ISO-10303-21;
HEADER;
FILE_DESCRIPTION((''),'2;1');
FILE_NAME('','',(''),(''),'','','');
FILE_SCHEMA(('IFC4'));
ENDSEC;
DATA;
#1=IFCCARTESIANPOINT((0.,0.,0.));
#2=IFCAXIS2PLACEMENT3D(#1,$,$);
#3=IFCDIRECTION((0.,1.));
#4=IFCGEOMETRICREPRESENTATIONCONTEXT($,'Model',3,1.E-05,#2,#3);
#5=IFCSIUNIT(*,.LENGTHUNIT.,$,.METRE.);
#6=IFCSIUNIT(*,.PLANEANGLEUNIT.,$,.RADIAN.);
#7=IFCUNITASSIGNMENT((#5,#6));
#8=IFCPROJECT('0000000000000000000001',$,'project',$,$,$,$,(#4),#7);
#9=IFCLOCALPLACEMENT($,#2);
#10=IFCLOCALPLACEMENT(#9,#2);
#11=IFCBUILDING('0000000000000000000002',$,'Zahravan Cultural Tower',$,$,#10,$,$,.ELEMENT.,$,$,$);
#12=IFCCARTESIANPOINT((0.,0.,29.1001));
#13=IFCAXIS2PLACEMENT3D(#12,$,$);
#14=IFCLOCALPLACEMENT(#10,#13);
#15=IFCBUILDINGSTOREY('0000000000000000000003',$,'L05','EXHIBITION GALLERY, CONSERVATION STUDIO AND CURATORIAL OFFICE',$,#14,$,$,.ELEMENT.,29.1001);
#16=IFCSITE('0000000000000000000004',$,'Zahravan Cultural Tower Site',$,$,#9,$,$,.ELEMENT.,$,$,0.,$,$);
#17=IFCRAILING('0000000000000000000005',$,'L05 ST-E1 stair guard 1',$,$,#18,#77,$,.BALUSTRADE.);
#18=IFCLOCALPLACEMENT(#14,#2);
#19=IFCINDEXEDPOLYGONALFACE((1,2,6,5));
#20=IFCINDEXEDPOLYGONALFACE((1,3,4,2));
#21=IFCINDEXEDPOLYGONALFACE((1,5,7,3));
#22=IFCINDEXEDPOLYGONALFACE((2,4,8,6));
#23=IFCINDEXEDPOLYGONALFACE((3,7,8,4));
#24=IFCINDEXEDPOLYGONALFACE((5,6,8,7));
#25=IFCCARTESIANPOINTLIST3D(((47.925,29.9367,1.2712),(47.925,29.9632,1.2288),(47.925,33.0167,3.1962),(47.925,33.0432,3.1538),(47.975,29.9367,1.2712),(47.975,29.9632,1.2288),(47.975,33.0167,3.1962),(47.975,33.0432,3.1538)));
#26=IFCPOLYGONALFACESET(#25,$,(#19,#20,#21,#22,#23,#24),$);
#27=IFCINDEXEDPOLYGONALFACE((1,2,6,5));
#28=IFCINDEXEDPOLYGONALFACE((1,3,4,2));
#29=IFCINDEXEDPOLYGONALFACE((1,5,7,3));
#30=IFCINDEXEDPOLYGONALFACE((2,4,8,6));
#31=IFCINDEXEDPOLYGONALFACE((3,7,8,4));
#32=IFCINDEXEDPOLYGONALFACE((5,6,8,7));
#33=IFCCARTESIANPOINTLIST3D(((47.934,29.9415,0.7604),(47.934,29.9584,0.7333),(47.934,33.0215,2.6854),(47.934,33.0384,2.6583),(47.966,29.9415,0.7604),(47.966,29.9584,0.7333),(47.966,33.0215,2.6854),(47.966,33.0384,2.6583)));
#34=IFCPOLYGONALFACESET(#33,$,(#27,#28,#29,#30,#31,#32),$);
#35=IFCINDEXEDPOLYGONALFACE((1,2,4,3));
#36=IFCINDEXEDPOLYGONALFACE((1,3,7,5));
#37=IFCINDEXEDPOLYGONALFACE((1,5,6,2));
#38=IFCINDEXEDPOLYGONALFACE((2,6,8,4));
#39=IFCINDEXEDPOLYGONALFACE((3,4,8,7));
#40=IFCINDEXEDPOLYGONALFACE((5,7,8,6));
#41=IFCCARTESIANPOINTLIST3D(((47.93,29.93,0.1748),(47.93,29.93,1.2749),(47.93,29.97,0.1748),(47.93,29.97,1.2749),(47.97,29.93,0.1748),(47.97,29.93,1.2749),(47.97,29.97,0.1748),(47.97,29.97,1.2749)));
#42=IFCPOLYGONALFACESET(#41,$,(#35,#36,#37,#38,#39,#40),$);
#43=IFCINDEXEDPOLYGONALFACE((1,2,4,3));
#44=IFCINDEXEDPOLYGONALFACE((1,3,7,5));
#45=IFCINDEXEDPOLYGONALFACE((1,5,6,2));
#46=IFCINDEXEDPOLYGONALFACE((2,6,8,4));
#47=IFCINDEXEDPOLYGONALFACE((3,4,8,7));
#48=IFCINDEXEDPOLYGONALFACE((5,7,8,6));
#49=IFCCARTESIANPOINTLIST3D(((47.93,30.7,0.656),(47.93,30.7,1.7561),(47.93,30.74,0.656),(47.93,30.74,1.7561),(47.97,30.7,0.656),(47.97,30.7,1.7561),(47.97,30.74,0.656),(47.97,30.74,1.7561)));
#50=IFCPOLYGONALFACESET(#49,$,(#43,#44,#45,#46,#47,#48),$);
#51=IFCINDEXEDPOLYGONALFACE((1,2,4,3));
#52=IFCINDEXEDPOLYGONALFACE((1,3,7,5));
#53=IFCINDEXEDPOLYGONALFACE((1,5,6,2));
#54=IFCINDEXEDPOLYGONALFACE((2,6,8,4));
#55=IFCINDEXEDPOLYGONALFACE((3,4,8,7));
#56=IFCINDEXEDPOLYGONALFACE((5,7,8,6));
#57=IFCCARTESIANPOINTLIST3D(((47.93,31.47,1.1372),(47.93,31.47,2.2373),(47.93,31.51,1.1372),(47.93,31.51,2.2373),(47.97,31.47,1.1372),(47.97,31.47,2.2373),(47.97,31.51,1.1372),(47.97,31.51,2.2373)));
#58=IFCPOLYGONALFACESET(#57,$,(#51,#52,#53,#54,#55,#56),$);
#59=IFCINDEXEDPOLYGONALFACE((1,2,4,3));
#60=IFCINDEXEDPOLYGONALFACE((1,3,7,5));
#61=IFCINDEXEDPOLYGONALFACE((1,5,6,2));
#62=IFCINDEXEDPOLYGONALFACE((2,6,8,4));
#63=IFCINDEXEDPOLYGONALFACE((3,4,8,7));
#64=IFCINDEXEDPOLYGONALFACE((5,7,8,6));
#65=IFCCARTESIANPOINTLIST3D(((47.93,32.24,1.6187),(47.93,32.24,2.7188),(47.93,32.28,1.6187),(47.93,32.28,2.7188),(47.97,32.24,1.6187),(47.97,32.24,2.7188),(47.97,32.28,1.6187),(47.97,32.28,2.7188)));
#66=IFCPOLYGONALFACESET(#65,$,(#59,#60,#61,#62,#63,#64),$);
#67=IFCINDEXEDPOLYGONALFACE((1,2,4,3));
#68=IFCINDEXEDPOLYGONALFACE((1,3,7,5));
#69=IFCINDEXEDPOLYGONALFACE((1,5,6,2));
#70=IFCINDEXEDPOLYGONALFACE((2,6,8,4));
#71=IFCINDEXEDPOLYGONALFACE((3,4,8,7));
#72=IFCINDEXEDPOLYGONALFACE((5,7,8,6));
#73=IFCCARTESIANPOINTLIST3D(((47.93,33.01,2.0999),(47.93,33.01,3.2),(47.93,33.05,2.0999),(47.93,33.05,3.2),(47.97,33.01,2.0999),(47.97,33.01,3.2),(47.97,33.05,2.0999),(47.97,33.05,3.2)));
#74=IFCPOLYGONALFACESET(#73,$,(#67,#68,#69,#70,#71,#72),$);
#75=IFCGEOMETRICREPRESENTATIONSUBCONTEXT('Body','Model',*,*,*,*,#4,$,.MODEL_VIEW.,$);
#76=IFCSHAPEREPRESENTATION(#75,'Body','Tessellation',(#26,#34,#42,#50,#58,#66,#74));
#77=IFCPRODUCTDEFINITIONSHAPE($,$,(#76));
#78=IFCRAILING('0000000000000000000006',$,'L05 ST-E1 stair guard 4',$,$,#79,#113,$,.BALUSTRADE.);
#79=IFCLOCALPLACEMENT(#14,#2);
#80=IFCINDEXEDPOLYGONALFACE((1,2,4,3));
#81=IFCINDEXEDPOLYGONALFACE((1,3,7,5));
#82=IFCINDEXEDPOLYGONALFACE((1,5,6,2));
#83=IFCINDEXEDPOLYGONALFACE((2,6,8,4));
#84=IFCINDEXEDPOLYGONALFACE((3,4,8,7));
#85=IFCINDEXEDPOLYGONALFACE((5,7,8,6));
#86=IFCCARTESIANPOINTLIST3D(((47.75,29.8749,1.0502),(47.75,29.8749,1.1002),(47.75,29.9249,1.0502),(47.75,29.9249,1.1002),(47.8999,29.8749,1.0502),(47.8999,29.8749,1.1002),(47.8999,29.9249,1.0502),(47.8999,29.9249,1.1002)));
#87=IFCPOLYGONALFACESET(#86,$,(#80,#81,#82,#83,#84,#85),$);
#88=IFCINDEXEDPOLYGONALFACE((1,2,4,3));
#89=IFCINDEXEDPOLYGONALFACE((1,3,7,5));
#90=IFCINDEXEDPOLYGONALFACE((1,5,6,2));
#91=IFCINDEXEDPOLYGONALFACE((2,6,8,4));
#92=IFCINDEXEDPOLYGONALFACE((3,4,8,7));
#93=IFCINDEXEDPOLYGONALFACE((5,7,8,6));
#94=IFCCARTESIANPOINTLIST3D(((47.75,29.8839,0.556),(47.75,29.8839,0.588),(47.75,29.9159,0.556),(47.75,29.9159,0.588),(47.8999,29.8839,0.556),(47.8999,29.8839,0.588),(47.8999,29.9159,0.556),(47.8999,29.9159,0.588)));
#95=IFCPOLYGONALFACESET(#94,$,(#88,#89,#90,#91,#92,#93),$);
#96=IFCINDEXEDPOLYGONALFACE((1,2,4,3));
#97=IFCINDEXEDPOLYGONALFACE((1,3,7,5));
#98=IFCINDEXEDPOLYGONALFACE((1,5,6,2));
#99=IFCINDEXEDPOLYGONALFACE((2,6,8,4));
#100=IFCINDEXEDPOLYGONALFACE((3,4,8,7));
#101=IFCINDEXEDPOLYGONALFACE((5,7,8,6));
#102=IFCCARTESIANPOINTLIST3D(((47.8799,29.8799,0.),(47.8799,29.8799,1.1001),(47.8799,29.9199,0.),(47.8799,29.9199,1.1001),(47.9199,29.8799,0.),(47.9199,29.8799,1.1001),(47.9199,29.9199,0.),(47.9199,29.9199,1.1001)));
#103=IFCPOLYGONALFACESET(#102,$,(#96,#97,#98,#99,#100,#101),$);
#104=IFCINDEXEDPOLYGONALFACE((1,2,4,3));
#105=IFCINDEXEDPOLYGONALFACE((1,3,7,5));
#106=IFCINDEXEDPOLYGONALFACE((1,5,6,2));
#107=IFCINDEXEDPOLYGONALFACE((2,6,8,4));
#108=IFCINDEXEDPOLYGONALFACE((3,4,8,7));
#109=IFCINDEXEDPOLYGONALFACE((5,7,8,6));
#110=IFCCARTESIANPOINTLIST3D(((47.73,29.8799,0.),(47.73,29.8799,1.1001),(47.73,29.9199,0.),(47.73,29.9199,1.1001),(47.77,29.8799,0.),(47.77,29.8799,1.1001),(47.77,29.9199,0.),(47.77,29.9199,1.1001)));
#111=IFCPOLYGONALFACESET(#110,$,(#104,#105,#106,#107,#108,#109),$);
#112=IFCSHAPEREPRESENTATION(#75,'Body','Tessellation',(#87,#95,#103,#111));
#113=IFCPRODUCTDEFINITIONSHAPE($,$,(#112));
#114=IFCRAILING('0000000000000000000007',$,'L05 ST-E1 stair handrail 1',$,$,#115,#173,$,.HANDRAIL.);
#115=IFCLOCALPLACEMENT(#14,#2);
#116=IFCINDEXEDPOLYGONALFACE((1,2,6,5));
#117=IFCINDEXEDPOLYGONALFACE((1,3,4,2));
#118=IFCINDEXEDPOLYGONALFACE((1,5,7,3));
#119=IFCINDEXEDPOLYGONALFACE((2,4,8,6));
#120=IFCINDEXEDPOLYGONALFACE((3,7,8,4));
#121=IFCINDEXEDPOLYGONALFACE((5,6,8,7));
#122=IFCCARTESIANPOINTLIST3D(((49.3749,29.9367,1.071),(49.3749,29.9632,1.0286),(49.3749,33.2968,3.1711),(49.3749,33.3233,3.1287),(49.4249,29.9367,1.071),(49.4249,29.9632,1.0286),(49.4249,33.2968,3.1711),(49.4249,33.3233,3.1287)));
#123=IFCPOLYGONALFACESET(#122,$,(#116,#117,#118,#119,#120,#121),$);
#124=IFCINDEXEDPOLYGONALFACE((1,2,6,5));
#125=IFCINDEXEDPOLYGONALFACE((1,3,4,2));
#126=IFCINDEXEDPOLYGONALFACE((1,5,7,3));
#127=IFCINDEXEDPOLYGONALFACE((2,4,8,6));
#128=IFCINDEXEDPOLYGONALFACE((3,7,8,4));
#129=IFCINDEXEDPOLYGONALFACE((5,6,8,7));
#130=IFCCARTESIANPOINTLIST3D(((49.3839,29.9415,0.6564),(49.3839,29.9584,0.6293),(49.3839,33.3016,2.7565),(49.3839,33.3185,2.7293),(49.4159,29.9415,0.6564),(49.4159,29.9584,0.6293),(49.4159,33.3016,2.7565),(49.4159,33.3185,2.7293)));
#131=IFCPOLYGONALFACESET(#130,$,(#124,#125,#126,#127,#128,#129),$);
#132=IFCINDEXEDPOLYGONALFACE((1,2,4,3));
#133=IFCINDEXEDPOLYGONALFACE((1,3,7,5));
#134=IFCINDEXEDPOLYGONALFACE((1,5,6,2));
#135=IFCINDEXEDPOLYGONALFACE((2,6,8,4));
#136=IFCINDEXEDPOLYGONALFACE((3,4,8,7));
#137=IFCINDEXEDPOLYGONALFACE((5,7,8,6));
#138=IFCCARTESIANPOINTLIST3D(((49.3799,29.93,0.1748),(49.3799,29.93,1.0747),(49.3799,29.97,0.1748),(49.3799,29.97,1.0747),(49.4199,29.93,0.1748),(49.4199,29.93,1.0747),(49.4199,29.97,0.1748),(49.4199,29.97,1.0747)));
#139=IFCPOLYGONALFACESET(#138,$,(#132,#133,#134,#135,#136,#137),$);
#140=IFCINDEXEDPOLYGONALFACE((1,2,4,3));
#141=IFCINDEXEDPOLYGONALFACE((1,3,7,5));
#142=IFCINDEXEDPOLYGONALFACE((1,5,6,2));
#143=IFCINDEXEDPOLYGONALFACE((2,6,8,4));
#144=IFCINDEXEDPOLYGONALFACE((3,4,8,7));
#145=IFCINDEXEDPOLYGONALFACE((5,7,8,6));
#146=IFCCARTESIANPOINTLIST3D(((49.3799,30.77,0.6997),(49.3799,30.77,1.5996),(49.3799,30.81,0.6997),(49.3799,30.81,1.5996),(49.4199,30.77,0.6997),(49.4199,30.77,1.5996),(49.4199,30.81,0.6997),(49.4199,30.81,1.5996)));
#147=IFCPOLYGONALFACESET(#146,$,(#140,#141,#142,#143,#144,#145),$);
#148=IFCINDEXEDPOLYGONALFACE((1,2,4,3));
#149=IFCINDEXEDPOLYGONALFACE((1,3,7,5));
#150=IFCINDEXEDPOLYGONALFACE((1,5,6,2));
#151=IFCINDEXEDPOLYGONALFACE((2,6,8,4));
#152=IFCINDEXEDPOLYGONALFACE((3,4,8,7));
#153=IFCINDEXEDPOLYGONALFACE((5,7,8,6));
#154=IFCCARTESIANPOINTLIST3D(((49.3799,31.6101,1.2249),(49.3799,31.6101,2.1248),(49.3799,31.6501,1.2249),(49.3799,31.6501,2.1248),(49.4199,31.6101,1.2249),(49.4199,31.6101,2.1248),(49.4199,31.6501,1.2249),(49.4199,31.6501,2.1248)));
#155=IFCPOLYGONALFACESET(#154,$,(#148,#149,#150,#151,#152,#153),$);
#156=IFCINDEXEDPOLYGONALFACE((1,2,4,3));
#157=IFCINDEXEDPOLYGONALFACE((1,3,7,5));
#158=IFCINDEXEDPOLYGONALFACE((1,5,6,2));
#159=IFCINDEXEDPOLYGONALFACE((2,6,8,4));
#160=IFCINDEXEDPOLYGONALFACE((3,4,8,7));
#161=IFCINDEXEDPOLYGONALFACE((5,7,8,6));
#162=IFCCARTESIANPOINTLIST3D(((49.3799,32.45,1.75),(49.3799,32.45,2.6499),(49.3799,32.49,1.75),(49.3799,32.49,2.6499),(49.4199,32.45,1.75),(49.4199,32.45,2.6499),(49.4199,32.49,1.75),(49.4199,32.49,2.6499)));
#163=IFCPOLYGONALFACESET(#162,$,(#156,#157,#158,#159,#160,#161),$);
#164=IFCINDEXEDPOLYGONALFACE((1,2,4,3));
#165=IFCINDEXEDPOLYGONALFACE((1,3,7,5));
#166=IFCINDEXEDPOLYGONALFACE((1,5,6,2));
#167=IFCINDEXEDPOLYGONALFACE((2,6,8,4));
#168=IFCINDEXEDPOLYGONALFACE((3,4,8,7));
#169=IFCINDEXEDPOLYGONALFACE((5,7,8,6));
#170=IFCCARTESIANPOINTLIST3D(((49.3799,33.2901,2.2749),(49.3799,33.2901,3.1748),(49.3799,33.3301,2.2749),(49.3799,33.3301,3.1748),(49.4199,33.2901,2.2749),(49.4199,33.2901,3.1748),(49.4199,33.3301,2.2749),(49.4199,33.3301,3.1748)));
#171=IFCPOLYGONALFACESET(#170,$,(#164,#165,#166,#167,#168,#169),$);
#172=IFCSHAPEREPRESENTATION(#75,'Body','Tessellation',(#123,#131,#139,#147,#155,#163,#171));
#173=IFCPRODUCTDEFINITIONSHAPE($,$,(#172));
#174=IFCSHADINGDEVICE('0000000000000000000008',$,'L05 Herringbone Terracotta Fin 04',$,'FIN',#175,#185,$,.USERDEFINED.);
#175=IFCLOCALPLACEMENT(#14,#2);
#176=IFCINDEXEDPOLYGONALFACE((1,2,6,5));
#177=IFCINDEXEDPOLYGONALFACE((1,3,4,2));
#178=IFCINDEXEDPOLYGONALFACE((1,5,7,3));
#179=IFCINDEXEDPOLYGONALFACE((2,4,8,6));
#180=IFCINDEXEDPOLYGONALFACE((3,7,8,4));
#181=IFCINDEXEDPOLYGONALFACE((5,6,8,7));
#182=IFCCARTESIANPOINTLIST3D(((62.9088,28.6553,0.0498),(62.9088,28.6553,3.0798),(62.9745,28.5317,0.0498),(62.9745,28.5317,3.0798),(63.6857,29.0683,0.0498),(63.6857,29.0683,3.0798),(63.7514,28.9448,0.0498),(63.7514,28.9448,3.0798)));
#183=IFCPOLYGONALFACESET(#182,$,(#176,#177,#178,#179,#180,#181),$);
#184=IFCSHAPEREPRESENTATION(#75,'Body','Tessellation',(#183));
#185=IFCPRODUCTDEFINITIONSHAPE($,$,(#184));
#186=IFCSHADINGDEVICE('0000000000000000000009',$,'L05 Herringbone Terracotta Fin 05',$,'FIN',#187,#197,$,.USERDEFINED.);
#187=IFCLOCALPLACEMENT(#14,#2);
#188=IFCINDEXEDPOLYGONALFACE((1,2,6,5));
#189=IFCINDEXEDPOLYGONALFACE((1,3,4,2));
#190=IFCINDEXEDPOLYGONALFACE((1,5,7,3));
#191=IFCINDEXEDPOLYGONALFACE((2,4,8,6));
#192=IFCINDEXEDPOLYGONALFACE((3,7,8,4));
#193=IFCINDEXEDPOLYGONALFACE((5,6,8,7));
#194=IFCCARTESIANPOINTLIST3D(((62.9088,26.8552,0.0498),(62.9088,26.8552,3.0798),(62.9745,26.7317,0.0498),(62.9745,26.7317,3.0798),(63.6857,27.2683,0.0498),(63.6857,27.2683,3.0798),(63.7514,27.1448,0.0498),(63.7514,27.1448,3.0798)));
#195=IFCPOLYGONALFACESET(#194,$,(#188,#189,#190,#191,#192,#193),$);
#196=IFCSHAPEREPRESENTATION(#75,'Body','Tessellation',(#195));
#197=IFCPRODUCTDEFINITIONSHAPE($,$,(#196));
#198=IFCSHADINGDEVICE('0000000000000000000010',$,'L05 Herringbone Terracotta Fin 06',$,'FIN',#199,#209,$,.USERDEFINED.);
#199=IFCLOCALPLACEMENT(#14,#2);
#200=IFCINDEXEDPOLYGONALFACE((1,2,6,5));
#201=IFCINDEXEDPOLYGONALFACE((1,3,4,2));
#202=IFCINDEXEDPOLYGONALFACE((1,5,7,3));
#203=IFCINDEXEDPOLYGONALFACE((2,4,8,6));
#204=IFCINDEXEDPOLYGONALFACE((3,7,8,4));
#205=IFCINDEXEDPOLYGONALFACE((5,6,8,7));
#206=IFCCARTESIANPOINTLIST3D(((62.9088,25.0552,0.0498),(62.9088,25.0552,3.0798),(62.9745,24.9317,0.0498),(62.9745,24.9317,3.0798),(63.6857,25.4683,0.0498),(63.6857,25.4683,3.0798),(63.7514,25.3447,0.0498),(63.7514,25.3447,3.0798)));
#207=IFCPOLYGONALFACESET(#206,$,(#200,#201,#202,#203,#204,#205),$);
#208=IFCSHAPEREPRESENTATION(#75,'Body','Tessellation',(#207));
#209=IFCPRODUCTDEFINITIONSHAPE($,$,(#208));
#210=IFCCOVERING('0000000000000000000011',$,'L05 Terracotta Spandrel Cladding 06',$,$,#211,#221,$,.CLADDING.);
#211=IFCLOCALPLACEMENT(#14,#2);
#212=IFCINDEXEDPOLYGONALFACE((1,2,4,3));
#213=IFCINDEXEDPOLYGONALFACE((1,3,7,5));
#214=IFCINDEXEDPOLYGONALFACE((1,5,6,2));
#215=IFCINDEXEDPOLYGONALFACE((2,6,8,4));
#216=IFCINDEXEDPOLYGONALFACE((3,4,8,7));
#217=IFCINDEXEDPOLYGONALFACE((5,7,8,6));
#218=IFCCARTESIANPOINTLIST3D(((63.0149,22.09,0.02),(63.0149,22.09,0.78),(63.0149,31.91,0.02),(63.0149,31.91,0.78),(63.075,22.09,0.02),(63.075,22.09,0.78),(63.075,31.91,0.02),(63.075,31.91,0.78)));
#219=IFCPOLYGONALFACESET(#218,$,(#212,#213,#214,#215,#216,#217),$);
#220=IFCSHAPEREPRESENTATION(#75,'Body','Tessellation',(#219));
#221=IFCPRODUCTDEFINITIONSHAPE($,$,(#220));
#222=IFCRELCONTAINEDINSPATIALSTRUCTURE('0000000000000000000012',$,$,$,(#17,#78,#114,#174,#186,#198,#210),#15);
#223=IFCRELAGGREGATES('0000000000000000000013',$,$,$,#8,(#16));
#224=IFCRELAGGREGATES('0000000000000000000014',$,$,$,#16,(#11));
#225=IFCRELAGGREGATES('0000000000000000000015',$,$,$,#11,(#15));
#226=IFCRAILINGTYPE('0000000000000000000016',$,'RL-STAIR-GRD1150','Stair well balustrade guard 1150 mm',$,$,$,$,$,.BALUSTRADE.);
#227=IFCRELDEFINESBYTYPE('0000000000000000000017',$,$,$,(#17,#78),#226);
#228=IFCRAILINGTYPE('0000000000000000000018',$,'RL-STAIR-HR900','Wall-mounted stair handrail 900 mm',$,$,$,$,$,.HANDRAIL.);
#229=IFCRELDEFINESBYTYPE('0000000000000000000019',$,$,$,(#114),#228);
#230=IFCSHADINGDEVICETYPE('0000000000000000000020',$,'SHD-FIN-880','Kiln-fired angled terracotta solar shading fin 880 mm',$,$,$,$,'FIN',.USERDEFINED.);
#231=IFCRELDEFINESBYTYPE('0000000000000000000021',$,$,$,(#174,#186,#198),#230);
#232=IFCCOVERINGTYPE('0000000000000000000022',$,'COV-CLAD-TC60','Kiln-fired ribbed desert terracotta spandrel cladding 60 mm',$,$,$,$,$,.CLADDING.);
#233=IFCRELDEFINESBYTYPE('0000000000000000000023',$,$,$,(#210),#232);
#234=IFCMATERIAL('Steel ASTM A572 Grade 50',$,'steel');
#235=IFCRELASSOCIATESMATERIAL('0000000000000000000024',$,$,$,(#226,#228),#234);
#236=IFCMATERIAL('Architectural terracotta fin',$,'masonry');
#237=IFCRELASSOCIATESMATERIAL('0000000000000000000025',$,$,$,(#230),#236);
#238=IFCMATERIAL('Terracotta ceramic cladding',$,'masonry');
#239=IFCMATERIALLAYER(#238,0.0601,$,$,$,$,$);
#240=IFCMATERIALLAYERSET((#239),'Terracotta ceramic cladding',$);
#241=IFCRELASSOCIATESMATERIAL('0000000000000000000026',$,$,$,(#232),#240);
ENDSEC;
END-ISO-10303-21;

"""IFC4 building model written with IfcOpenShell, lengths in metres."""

from ifc_helpers import new_model, si_unit, direction, frame, origin, origin_2d, place, context, subcontext, project, spatial, rectangle, extrude, source, transform, mapped, material, layer, layer_set, type_object, element, save


model = new_model("IFC4")

# Units and contexts
model_context = context("Model", 3, precision=1e-05, world=origin(), true_north=direction((0.0, 1.0)))
body_context = subcontext(model_context, "Body", "Model", "MODEL_VIEW")
ifc_project = project(units=[si_unit("LENGTHUNIT", "METRE"), si_unit("PLANEANGLEUNIT", "RADIAN")], contexts=[model_context])

# Site, building, storey
site_placement = place(None, origin())
site = spatial("IfcSite", under=ifc_project, at=site_placement, Name="Zahravan Cultural Tower Site", CompositionType="ELEMENT", RefElevation=0.0)
building_placement = place(site_placement, origin())
building = spatial("IfcBuilding", under=site, at=building_placement, Name="Zahravan Cultural Tower", CompositionType="ELEMENT")
storey_placement = place(building_placement, frame((0.0, 0.0, 29.1001)))
storey = spatial("IfcBuildingStorey", under=building, at=storey_placement, Name="L05", Description="EXHIBITION GALLERY, CONSERVATION STUDIO AND CURATORIAL OFFICE", CompositionType="ELEMENT", Elevation=29.1001)

# Shared definitions
ifc_material_1 = material(Name="Steel ASTM A572 Grade 50", Category="steel")

# Railings
railing_type_1 = type_object("IfcRailingType", Name="RL-STAIR-GRD1150", Description="Stair well balustrade guard 1150 mm", PredefinedType="BALUSTRADE", material=ifc_material_1)
railing_1_placement = place(storey_placement, frame((47.95, 29.95, 0.1748)))
element("IfcRailing", 1, at=railing_1_placement, inside=storey, type_object=railing_type_1, Name="L05 ST-E1 stair guard 1", PredefinedType="BALUSTRADE", context=body_context, shape_type="SweptSolid", body=[
    extrude(rectangle(XDim=0.05, YDim=0.05, at=origin_2d()), frame((0.0, 0.0, 1.0752), z_axis=(0.0, 0.847998, 0.529999), x_axis=(-1.0, 0.0, 0.0)), (0.0, 0.0, 1.0), 3.6321),
    extrude(rectangle(XDim=0.032, YDim=0.032, at=origin_2d()), frame((0.0, 0.0, 0.572), z_axis=(0.0, 0.847998, 0.529999), x_axis=(-1.0, 0.0, 0.0)), (0.0, 0.0, 1.0), 3.6321),
    extrude(rectangle(XDim=0.04, YDim=0.04, at=origin_2d()), origin(), (0.0, 0.0, 1.0), 1.1001),
    extrude(rectangle(XDim=0.04, YDim=0.04, at=origin_2d()), frame((0.0, 0.77, 0.4812)), (0.0, 0.0, 1.0), 1.1001),
    extrude(rectangle(XDim=0.04, YDim=0.04, at=origin_2d()), frame((0.0, 1.54, 0.9624)), (0.0, 0.0, 1.0), 1.1001),
    extrude(rectangle(XDim=0.04, YDim=0.04, at=origin_2d()), frame((0.0, 2.3101, 1.4438)), (0.0, 0.0, 1.0), 1.1001),
    extrude(rectangle(XDim=0.04, YDim=0.04, at=origin_2d()), frame((0.0, 3.0801, 1.925)), (0.0, 0.0, 1.0), 1.1001),
])
railing_2_placement = place(storey_placement, frame((47.8999, 29.8999, 0.0)))
element("IfcRailing", 2, at=railing_2_placement, inside=storey, type_object=railing_type_1, Name="L05 ST-E1 stair guard 4", PredefinedType="BALUSTRADE", context=body_context, shape_type="SweptSolid", body=[
    extrude(rectangle(XDim=0.05, YDim=0.05, at=origin_2d()), frame((0.0, 0.0, 1.0752), z_axis=(-1.0, 0.0, 0.0), x_axis=(0.0, -1.0, 0.0)), (0.0, 0.0, 1.0), 0.1499),
    extrude(rectangle(XDim=0.032, YDim=0.032, at=origin_2d()), frame((0.0, 0.0, 0.572), z_axis=(-1.0, 0.0, 0.0), x_axis=(0.0, -1.0, 0.0)), (0.0, 0.0, 1.0), 0.1499),
    extrude(rectangle(XDim=0.04, YDim=0.04, at=origin_2d()), origin(), (0.0, 0.0, 1.0), 1.1001),
    extrude(rectangle(XDim=0.04, YDim=0.04, at=origin_2d()), frame((-0.1499, 0.0, 0.0)), (0.0, 0.0, 1.0), 1.1001),
])
railing_type_2 = type_object("IfcRailingType", Name="RL-STAIR-HR900", Description="Wall-mounted stair handrail 900 mm", PredefinedType="HANDRAIL", material=ifc_material_1)
railing_3_placement = place(storey_placement, frame((49.3999, 29.95, 0.1748)))
element("IfcRailing", 3, at=railing_3_placement, inside=storey, type_object=railing_type_2, Name="L05 ST-E1 stair handrail 1", PredefinedType="HANDRAIL", context=body_context, shape_type="SweptSolid", body=[
    extrude(rectangle(XDim=0.05, YDim=0.05, at=origin_2d()), frame((0.0, 0.0, 0.875), z_axis=(0.0, 0.847995, 0.530004), x_axis=(-1.0, 0.0, 0.0)), (0.0, 0.0, 1.0), 3.9624),
    extrude(rectangle(XDim=0.032, YDim=0.032, at=origin_2d()), frame((0.0, 0.0, 0.468), z_axis=(0.0, 0.847995, 0.530004), x_axis=(-1.0, 0.0, 0.0)), (0.0, 0.0, 1.0), 3.9624),
    extrude(rectangle(XDim=0.04, YDim=0.04, at=origin_2d()), origin(), (0.0, 0.0, 1.0), 0.8999),
    extrude(rectangle(XDim=0.04, YDim=0.04, at=origin_2d()), frame((0.0, 0.8401, 0.5249)), (0.0, 0.0, 1.0), 0.8999),
    extrude(rectangle(XDim=0.04, YDim=0.04, at=origin_2d()), frame((0.0, 1.6802, 1.05)), (0.0, 0.0, 1.0), 0.8999),
    extrude(rectangle(XDim=0.04, YDim=0.04, at=origin_2d()), frame((0.0, 2.52, 1.5752)), (0.0, 0.0, 1.0), 0.8999),
    extrude(rectangle(XDim=0.04, YDim=0.04, at=origin_2d()), frame((0.0, 3.3601, 2.1001)), (0.0, 0.0, 1.0), 0.8999),
])

# Shading devices
ifc_material_2 = material(Name="Architectural terracotta fin", Category="masonry")
shading_device_type = type_object("IfcShadingDeviceType", Name="SHD-FIN-880", Description="Kiln-fired angled terracotta solar shading fin 880 mm", ElementType="FIN", PredefinedType="USERDEFINED", material=ifc_material_2)
shared_shape_1 = source(origin(), body_context, "Body", "SweptSolid", [
    extrude(rectangle(XDim=0.8799, YDim=0.1399, at=origin_2d()), origin(), (0.0, 0.0, 1.0), 3.03),
])
for number, where, z_axis, x_axis, name in (
    (4, (63.3301, 28.8, 0.0498), (0.0, 0.0, 1.0), (0.882948, 0.469472, 0.0), "L05 Herringbone Terracotta Fin 04"),
    (5, (63.3301, 27.0, 0.0498), (0.0, 0.0, 1.0), (0.882948, 0.469472, 0.0), "L05 Herringbone Terracotta Fin 05"),
    (6, (63.3301, 25.2, 0.0498), (0.0, 0.0, 1.0), (0.882948, 0.469472, 0.0), "L05 Herringbone Terracotta Fin 06"),
):
    element("IfcShadingDevice", number, at=place(storey_placement, frame(where, z_axis=z_axis, x_axis=x_axis)), inside=storey, type_object=shading_device_type, Name=name, ObjectType="FIN", PredefinedType="USERDEFINED", context=body_context, shape_type="MappedRepresentation", body=[
        mapped(shared_shape_1, transform((0.0, 0.0, 0.0), x_axis=(1.0, 0.0, 0.0), y_axis=(0.0, 1.0, 0.0), z_axis=(0.0, 0.0, 1.0), scale=1.0)),
    ])

# Covering
ifc_material_3 = material(Name="Terracotta ceramic cladding", Category="masonry")
ifc_layer_1 = layer(ifc_material_3, 0.0601)
ifc_layer_set_1 = layer_set([ifc_layer_1], Name="Terracotta ceramic cladding")
covering_type = type_object("IfcCoveringType", Name="COV-CLAD-TC60", Description="Kiln-fired ribbed desert terracotta spandrel cladding 60 mm", PredefinedType="CLADDING", material=ifc_layer_set_1)
shared_shape_2 = source(origin(), body_context, "Body", "SweptSolid", [
    extrude(rectangle(XDim=9.8201, YDim=0.0601, at=origin_2d()), origin(), (0.0, 0.0, 1.0), 0.76),
])
covering_placement = place(storey_placement, frame((63.0449, 27.0, 0.02), z_axis=(0.0, 0.0, 1.0), x_axis=(0.0, -1.0, 0.0)))
element("IfcCovering", 7, at=covering_placement, inside=storey, type_object=covering_type, Name="L05 Terracotta Spandrel Cladding 06", PredefinedType="CLADDING", context=body_context, shape_type="MappedRepresentation", body=[
    mapped(shared_shape_2, transform((0.0, 0.0, 0.0), x_axis=(1.0, 0.0, 0.0), y_axis=(0.0, 1.0, 0.0), z_axis=(0.0, 0.0, 1.0), scale=1.0)),
])

save(model, "model.ifc")
